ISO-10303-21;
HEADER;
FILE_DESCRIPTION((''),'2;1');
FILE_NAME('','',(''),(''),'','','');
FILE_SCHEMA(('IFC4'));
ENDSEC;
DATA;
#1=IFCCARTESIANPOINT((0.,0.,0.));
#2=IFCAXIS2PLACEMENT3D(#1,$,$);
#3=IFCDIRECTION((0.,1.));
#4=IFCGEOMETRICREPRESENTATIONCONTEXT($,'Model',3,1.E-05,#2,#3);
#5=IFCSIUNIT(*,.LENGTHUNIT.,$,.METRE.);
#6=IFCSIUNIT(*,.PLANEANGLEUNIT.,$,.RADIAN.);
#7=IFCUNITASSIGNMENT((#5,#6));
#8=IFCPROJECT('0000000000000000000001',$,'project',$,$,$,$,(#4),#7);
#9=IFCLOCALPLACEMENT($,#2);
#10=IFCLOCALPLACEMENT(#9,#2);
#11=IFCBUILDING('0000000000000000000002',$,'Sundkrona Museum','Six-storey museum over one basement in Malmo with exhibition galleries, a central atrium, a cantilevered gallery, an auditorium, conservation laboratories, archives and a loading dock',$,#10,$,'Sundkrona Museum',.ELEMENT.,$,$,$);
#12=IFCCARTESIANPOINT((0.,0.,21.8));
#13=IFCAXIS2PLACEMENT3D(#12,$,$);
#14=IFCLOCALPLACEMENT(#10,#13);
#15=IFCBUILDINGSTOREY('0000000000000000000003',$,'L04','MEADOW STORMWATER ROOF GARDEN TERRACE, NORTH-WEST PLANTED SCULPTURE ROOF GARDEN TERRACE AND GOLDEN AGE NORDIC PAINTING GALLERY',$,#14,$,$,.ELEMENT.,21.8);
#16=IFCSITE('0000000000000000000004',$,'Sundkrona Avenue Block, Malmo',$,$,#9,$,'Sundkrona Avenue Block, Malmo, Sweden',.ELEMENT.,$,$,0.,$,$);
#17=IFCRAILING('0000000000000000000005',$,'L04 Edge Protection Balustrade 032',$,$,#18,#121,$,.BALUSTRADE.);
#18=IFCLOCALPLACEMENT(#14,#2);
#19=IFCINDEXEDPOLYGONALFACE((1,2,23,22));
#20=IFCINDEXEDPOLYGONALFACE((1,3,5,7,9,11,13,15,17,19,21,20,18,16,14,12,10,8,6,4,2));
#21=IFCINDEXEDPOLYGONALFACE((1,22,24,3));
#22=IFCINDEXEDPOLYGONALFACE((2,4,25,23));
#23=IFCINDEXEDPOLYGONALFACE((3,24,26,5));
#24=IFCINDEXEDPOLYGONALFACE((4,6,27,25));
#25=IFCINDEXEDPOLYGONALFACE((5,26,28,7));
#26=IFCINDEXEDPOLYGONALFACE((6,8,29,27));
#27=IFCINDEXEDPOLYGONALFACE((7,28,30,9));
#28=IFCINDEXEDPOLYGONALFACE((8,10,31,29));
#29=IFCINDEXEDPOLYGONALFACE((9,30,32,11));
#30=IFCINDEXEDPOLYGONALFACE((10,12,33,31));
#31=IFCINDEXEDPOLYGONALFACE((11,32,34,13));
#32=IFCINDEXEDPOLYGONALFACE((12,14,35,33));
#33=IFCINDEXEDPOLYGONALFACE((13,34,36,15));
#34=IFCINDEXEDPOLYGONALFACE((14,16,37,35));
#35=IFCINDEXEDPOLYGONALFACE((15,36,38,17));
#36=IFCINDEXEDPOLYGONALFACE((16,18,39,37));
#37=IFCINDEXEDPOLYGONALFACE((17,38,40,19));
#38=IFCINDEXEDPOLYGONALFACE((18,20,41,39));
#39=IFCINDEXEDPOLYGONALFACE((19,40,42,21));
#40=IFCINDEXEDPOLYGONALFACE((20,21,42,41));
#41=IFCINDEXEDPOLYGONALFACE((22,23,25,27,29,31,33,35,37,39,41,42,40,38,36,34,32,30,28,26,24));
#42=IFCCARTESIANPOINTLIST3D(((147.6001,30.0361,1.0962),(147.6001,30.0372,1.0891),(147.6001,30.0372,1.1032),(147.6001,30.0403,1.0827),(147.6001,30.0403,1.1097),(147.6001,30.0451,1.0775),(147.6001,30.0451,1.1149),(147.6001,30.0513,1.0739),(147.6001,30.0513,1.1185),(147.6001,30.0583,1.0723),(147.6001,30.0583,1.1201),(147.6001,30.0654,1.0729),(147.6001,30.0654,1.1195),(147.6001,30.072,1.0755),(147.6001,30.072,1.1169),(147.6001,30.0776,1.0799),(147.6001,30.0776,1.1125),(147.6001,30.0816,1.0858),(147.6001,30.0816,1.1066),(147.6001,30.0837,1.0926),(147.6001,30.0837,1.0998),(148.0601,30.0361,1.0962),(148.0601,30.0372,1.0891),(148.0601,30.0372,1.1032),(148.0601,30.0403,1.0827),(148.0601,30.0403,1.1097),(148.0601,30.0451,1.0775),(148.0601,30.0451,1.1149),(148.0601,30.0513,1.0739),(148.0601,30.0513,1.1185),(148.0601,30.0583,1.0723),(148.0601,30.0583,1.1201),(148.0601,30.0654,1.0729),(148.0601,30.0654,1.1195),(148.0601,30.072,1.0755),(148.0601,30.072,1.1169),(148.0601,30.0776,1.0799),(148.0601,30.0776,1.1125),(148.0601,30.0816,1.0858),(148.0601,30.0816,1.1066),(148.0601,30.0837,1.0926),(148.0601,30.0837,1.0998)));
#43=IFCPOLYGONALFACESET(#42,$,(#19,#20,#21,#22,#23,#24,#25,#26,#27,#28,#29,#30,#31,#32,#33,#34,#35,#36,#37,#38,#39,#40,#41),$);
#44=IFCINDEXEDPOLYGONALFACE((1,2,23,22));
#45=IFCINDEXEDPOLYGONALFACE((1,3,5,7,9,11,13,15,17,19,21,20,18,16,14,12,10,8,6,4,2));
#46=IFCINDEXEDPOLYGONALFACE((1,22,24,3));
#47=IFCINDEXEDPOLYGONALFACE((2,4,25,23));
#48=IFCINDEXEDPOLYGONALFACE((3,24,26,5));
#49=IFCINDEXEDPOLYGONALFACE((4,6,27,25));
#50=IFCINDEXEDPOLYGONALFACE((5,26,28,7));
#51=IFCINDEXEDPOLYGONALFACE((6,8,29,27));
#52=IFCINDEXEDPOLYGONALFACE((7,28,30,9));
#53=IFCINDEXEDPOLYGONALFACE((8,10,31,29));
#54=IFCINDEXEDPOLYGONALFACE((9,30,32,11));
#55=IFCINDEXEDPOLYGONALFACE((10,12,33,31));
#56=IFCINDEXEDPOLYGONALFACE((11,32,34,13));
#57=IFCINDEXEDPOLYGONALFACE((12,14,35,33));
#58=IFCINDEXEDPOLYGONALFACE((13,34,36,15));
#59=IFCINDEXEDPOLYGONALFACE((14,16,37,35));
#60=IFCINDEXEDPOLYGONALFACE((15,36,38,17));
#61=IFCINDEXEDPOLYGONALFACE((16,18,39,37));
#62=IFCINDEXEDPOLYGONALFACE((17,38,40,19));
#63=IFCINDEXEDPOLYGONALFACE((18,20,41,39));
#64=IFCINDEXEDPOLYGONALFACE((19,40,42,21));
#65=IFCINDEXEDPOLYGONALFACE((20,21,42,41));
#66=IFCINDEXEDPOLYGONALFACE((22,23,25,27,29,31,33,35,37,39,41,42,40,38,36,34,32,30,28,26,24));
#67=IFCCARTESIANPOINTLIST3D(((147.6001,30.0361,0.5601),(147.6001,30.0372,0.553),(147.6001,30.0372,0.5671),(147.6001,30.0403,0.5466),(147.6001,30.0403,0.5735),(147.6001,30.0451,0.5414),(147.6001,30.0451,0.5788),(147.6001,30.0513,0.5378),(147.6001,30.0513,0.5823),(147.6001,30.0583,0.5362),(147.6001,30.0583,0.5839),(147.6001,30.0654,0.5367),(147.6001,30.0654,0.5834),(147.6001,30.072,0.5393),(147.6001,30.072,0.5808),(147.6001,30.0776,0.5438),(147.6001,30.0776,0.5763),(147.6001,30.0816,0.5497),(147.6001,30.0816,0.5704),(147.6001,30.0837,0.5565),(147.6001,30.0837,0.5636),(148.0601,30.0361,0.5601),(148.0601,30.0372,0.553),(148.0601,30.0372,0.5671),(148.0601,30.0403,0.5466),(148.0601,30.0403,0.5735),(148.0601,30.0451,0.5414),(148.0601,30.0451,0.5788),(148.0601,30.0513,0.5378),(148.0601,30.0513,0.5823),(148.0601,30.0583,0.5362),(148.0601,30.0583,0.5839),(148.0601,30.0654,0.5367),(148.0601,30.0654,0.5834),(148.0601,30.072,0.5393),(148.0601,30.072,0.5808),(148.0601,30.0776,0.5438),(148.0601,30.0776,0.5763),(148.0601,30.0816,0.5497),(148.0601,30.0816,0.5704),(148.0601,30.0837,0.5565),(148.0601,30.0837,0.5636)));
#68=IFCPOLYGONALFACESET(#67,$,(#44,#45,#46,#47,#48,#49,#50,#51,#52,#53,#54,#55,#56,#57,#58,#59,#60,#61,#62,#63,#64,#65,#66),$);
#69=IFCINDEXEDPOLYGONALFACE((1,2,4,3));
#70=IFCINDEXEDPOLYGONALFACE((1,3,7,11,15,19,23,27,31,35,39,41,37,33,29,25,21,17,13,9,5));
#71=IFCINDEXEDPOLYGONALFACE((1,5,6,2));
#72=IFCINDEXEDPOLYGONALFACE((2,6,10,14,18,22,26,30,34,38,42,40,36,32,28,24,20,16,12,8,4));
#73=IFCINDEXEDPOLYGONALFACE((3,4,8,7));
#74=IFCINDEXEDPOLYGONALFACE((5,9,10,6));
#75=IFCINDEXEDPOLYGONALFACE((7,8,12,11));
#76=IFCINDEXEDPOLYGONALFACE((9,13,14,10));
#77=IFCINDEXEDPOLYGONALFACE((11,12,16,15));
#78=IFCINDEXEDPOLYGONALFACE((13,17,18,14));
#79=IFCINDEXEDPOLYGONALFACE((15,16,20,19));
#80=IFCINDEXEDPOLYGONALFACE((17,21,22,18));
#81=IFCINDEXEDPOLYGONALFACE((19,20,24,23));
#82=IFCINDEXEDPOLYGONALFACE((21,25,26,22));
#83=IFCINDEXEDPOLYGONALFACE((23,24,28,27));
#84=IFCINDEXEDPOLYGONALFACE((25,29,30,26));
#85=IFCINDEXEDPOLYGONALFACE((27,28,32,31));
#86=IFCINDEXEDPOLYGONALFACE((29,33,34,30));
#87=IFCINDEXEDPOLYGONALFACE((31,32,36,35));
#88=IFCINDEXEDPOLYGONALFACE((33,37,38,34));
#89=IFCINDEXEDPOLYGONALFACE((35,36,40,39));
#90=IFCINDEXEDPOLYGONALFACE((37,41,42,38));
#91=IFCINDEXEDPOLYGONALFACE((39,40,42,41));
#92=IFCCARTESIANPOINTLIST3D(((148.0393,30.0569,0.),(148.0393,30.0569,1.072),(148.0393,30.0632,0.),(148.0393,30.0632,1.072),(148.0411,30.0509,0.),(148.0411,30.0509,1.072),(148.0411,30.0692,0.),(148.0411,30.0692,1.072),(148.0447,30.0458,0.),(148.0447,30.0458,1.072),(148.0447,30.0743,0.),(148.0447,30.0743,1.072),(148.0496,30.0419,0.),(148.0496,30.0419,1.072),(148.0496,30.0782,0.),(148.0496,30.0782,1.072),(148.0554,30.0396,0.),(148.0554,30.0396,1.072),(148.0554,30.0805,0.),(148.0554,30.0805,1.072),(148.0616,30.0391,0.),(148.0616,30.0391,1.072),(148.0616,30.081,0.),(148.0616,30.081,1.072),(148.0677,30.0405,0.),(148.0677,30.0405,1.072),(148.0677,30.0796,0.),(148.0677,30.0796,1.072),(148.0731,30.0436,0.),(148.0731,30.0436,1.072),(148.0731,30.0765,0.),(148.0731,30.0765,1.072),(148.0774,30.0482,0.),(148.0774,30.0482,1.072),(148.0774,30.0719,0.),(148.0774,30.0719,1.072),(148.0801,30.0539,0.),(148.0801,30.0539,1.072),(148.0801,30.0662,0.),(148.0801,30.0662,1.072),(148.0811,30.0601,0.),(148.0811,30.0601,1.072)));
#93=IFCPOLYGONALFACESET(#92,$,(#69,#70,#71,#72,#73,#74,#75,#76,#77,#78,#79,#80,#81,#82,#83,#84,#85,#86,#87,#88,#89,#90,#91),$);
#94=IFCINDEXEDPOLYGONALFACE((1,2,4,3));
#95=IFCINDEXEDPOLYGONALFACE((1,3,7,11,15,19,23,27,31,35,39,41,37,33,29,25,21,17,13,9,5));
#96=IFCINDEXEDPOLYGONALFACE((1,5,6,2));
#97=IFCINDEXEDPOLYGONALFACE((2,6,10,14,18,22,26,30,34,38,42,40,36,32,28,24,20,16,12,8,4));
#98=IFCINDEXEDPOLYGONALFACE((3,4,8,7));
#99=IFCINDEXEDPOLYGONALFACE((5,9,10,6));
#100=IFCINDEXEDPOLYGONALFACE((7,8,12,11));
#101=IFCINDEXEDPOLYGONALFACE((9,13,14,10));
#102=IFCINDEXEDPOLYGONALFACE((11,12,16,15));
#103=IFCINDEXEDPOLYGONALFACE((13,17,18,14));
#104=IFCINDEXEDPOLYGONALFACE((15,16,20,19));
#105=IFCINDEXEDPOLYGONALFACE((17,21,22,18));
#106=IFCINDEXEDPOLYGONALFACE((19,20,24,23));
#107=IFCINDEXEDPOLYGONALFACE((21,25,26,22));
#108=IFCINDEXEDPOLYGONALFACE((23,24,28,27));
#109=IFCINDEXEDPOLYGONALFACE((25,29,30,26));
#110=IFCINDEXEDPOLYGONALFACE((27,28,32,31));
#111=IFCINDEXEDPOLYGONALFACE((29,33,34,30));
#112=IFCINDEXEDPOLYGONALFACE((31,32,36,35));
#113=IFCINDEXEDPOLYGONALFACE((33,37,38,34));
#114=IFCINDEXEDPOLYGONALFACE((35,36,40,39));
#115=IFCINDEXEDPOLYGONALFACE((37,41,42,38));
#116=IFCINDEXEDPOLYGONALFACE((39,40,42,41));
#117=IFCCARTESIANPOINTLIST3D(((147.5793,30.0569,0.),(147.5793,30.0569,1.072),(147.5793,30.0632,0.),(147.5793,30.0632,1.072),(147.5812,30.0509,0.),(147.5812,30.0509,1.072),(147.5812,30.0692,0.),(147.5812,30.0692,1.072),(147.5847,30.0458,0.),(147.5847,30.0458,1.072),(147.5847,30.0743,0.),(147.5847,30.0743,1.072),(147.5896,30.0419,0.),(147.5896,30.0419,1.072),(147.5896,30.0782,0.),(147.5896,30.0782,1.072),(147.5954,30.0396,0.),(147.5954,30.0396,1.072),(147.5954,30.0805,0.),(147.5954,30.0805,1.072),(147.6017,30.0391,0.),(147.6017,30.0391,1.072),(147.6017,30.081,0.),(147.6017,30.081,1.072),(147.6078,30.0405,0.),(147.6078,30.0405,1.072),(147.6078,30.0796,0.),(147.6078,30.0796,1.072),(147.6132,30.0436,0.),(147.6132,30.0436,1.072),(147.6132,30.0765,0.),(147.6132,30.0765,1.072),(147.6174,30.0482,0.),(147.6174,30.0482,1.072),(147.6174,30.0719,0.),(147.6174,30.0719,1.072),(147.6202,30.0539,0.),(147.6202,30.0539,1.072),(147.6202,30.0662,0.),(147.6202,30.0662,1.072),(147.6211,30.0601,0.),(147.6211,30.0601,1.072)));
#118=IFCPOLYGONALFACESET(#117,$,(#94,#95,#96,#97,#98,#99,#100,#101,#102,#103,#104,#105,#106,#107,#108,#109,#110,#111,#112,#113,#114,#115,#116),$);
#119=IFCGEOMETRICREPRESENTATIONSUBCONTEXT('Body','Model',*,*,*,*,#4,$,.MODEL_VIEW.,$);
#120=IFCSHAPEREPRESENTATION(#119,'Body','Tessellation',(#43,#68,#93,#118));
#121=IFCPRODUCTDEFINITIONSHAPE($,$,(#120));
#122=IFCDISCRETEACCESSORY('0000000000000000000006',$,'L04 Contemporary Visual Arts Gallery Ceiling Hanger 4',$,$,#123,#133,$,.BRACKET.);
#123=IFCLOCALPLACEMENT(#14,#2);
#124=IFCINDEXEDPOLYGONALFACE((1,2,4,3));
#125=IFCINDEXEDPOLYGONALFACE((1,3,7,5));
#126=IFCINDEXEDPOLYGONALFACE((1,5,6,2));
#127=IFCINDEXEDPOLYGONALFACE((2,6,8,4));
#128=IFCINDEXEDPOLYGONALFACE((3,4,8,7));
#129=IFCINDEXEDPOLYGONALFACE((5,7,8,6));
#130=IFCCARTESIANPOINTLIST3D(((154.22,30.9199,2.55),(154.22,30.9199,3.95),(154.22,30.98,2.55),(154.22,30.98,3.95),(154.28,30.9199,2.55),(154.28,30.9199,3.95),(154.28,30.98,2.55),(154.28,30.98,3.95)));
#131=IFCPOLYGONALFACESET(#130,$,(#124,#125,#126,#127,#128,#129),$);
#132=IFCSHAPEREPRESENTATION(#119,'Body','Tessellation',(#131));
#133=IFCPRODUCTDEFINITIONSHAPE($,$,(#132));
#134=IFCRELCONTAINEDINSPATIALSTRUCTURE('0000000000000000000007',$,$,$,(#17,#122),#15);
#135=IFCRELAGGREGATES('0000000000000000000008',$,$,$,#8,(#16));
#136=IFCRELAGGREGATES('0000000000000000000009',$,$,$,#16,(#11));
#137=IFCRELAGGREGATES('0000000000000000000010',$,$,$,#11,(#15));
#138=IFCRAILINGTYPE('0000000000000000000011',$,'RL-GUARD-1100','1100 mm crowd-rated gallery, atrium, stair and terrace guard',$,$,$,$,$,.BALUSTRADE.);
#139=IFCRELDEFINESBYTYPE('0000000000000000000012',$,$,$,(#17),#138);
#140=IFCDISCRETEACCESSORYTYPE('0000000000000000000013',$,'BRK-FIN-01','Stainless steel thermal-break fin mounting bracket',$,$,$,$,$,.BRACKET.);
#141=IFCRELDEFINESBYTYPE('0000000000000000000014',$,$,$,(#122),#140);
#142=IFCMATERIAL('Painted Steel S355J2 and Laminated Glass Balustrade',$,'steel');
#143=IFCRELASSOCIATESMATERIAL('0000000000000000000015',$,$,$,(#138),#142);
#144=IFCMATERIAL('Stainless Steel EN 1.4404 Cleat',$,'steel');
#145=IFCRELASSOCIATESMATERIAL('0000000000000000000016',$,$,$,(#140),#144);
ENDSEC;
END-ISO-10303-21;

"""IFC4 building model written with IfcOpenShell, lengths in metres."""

from ifc_helpers import new_model, si_unit, direction, frame, origin, origin_2d, place, context, subcontext, project, spatial, rectangle, circle, extrude, material, type_object, element, save


model = new_model("IFC4")

# Units and contexts
model_context = context("Model", 3, precision=1e-05, world=origin(), true_north=direction((0.0, 1.0)))
body_context = subcontext(model_context, "Body", "Model", "MODEL_VIEW")
ifc_project = project(units=[si_unit("LENGTHUNIT", "METRE"), si_unit("PLANEANGLEUNIT", "RADIAN")], contexts=[model_context])

# Site, building, storey
site_placement = place(None, origin())
site = spatial("IfcSite", under=ifc_project, at=site_placement, Name="Sundkrona Avenue Block, Malmo", LongName="Sundkrona Avenue Block, Malmo, Sweden", CompositionType="ELEMENT", RefElevation=0.0)
building_placement = place(site_placement, origin())
building = spatial("IfcBuilding", under=site, at=building_placement, Name="Sundkrona Museum", Description="Six-storey museum over one basement in Malmo with exhibition galleries, a central atrium, a cantilevered gallery, an auditorium, conservation laboratories, archives and a loading dock", LongName="Sundkrona Museum", CompositionType="ELEMENT")
storey_placement = place(building_placement, frame((0.0, 0.0, 21.8)))
storey = spatial("IfcBuildingStorey", under=building, at=storey_placement, Name="L04", Description="MEADOW STORMWATER ROOF GARDEN TERRACE, NORTH-WEST PLANTED SCULPTURE ROOF GARDEN TERRACE AND GOLDEN AGE NORDIC PAINTING GALLERY", CompositionType="ELEMENT", Elevation=21.8)

# Railing
ifc_material_1 = material(Name="Painted Steel S355J2 and Laminated Glass Balustrade", Category="steel")
railing_type = type_object("IfcRailingType", Name="RL-GUARD-1100", Description="1100 mm crowd-rated gallery, atrium, stair and terrace guard", PredefinedType="BALUSTRADE", material=ifc_material_1)
railing_placement = place(storey_placement, frame((148.0601, 30.0601, 0.0)))
element("IfcRailing", 1, at=railing_placement, inside=storey, type_object=railing_type, Name="L04 Edge Protection Balustrade 032", PredefinedType="BALUSTRADE", context=body_context, shape_type="SweptSolid", body=[
    extrude(circle(Radius=0.0239, at=origin_2d()), frame((0.0, 0.0, 1.0962), z_axis=(-1.0, 0.0, 0.0), x_axis=(0.0, -1.0, 0.0)), (0.0, 0.0, 1.0), 0.46),
    extrude(circle(Radius=0.0239, at=origin_2d()), frame((0.0, 0.0, 0.5601), z_axis=(-1.0, 0.0, 0.0), x_axis=(0.0, -1.0, 0.0)), (0.0, 0.0, 1.0), 0.46),
    extrude(circle(Radius=0.021, at=origin_2d()), origin(), (0.0, 0.0, 1.0), 1.072),
    extrude(circle(Radius=0.021, at=origin_2d()), frame((-0.46, 0.0, 0.0)), (0.0, 0.0, 1.0), 1.072),
])

# Discrete accessory
ifc_material_2 = material(Name="Stainless Steel EN 1.4404 Cleat", Category="steel")
discrete_accessory_type = type_object("IfcDiscreteAccessoryType", Name="BRK-FIN-01", Description="Stainless steel thermal-break fin mounting bracket", PredefinedType="BRACKET", material=ifc_material_2)
discrete_accessory_placement = place(storey_placement, frame((154.25, 30.95, 2.55), z_axis=(0.0, 0.0, 1.0), x_axis=(1.0, 0.0, 0.0)))
element("IfcDiscreteAccessory", 2, at=discrete_accessory_placement, inside=storey, type_object=discrete_accessory_type, Name="L04 Contemporary Visual Arts Gallery Ceiling Hanger 4", PredefinedType="BRACKET", context=body_context, shape_type="SweptSolid", body=[
    extrude(rectangle(XDim=0.0601, YDim=0.0601, at=origin_2d()), origin(), (0.0, 0.0, 1.0), 1.3999),
])

save(model, "model.ifc")
